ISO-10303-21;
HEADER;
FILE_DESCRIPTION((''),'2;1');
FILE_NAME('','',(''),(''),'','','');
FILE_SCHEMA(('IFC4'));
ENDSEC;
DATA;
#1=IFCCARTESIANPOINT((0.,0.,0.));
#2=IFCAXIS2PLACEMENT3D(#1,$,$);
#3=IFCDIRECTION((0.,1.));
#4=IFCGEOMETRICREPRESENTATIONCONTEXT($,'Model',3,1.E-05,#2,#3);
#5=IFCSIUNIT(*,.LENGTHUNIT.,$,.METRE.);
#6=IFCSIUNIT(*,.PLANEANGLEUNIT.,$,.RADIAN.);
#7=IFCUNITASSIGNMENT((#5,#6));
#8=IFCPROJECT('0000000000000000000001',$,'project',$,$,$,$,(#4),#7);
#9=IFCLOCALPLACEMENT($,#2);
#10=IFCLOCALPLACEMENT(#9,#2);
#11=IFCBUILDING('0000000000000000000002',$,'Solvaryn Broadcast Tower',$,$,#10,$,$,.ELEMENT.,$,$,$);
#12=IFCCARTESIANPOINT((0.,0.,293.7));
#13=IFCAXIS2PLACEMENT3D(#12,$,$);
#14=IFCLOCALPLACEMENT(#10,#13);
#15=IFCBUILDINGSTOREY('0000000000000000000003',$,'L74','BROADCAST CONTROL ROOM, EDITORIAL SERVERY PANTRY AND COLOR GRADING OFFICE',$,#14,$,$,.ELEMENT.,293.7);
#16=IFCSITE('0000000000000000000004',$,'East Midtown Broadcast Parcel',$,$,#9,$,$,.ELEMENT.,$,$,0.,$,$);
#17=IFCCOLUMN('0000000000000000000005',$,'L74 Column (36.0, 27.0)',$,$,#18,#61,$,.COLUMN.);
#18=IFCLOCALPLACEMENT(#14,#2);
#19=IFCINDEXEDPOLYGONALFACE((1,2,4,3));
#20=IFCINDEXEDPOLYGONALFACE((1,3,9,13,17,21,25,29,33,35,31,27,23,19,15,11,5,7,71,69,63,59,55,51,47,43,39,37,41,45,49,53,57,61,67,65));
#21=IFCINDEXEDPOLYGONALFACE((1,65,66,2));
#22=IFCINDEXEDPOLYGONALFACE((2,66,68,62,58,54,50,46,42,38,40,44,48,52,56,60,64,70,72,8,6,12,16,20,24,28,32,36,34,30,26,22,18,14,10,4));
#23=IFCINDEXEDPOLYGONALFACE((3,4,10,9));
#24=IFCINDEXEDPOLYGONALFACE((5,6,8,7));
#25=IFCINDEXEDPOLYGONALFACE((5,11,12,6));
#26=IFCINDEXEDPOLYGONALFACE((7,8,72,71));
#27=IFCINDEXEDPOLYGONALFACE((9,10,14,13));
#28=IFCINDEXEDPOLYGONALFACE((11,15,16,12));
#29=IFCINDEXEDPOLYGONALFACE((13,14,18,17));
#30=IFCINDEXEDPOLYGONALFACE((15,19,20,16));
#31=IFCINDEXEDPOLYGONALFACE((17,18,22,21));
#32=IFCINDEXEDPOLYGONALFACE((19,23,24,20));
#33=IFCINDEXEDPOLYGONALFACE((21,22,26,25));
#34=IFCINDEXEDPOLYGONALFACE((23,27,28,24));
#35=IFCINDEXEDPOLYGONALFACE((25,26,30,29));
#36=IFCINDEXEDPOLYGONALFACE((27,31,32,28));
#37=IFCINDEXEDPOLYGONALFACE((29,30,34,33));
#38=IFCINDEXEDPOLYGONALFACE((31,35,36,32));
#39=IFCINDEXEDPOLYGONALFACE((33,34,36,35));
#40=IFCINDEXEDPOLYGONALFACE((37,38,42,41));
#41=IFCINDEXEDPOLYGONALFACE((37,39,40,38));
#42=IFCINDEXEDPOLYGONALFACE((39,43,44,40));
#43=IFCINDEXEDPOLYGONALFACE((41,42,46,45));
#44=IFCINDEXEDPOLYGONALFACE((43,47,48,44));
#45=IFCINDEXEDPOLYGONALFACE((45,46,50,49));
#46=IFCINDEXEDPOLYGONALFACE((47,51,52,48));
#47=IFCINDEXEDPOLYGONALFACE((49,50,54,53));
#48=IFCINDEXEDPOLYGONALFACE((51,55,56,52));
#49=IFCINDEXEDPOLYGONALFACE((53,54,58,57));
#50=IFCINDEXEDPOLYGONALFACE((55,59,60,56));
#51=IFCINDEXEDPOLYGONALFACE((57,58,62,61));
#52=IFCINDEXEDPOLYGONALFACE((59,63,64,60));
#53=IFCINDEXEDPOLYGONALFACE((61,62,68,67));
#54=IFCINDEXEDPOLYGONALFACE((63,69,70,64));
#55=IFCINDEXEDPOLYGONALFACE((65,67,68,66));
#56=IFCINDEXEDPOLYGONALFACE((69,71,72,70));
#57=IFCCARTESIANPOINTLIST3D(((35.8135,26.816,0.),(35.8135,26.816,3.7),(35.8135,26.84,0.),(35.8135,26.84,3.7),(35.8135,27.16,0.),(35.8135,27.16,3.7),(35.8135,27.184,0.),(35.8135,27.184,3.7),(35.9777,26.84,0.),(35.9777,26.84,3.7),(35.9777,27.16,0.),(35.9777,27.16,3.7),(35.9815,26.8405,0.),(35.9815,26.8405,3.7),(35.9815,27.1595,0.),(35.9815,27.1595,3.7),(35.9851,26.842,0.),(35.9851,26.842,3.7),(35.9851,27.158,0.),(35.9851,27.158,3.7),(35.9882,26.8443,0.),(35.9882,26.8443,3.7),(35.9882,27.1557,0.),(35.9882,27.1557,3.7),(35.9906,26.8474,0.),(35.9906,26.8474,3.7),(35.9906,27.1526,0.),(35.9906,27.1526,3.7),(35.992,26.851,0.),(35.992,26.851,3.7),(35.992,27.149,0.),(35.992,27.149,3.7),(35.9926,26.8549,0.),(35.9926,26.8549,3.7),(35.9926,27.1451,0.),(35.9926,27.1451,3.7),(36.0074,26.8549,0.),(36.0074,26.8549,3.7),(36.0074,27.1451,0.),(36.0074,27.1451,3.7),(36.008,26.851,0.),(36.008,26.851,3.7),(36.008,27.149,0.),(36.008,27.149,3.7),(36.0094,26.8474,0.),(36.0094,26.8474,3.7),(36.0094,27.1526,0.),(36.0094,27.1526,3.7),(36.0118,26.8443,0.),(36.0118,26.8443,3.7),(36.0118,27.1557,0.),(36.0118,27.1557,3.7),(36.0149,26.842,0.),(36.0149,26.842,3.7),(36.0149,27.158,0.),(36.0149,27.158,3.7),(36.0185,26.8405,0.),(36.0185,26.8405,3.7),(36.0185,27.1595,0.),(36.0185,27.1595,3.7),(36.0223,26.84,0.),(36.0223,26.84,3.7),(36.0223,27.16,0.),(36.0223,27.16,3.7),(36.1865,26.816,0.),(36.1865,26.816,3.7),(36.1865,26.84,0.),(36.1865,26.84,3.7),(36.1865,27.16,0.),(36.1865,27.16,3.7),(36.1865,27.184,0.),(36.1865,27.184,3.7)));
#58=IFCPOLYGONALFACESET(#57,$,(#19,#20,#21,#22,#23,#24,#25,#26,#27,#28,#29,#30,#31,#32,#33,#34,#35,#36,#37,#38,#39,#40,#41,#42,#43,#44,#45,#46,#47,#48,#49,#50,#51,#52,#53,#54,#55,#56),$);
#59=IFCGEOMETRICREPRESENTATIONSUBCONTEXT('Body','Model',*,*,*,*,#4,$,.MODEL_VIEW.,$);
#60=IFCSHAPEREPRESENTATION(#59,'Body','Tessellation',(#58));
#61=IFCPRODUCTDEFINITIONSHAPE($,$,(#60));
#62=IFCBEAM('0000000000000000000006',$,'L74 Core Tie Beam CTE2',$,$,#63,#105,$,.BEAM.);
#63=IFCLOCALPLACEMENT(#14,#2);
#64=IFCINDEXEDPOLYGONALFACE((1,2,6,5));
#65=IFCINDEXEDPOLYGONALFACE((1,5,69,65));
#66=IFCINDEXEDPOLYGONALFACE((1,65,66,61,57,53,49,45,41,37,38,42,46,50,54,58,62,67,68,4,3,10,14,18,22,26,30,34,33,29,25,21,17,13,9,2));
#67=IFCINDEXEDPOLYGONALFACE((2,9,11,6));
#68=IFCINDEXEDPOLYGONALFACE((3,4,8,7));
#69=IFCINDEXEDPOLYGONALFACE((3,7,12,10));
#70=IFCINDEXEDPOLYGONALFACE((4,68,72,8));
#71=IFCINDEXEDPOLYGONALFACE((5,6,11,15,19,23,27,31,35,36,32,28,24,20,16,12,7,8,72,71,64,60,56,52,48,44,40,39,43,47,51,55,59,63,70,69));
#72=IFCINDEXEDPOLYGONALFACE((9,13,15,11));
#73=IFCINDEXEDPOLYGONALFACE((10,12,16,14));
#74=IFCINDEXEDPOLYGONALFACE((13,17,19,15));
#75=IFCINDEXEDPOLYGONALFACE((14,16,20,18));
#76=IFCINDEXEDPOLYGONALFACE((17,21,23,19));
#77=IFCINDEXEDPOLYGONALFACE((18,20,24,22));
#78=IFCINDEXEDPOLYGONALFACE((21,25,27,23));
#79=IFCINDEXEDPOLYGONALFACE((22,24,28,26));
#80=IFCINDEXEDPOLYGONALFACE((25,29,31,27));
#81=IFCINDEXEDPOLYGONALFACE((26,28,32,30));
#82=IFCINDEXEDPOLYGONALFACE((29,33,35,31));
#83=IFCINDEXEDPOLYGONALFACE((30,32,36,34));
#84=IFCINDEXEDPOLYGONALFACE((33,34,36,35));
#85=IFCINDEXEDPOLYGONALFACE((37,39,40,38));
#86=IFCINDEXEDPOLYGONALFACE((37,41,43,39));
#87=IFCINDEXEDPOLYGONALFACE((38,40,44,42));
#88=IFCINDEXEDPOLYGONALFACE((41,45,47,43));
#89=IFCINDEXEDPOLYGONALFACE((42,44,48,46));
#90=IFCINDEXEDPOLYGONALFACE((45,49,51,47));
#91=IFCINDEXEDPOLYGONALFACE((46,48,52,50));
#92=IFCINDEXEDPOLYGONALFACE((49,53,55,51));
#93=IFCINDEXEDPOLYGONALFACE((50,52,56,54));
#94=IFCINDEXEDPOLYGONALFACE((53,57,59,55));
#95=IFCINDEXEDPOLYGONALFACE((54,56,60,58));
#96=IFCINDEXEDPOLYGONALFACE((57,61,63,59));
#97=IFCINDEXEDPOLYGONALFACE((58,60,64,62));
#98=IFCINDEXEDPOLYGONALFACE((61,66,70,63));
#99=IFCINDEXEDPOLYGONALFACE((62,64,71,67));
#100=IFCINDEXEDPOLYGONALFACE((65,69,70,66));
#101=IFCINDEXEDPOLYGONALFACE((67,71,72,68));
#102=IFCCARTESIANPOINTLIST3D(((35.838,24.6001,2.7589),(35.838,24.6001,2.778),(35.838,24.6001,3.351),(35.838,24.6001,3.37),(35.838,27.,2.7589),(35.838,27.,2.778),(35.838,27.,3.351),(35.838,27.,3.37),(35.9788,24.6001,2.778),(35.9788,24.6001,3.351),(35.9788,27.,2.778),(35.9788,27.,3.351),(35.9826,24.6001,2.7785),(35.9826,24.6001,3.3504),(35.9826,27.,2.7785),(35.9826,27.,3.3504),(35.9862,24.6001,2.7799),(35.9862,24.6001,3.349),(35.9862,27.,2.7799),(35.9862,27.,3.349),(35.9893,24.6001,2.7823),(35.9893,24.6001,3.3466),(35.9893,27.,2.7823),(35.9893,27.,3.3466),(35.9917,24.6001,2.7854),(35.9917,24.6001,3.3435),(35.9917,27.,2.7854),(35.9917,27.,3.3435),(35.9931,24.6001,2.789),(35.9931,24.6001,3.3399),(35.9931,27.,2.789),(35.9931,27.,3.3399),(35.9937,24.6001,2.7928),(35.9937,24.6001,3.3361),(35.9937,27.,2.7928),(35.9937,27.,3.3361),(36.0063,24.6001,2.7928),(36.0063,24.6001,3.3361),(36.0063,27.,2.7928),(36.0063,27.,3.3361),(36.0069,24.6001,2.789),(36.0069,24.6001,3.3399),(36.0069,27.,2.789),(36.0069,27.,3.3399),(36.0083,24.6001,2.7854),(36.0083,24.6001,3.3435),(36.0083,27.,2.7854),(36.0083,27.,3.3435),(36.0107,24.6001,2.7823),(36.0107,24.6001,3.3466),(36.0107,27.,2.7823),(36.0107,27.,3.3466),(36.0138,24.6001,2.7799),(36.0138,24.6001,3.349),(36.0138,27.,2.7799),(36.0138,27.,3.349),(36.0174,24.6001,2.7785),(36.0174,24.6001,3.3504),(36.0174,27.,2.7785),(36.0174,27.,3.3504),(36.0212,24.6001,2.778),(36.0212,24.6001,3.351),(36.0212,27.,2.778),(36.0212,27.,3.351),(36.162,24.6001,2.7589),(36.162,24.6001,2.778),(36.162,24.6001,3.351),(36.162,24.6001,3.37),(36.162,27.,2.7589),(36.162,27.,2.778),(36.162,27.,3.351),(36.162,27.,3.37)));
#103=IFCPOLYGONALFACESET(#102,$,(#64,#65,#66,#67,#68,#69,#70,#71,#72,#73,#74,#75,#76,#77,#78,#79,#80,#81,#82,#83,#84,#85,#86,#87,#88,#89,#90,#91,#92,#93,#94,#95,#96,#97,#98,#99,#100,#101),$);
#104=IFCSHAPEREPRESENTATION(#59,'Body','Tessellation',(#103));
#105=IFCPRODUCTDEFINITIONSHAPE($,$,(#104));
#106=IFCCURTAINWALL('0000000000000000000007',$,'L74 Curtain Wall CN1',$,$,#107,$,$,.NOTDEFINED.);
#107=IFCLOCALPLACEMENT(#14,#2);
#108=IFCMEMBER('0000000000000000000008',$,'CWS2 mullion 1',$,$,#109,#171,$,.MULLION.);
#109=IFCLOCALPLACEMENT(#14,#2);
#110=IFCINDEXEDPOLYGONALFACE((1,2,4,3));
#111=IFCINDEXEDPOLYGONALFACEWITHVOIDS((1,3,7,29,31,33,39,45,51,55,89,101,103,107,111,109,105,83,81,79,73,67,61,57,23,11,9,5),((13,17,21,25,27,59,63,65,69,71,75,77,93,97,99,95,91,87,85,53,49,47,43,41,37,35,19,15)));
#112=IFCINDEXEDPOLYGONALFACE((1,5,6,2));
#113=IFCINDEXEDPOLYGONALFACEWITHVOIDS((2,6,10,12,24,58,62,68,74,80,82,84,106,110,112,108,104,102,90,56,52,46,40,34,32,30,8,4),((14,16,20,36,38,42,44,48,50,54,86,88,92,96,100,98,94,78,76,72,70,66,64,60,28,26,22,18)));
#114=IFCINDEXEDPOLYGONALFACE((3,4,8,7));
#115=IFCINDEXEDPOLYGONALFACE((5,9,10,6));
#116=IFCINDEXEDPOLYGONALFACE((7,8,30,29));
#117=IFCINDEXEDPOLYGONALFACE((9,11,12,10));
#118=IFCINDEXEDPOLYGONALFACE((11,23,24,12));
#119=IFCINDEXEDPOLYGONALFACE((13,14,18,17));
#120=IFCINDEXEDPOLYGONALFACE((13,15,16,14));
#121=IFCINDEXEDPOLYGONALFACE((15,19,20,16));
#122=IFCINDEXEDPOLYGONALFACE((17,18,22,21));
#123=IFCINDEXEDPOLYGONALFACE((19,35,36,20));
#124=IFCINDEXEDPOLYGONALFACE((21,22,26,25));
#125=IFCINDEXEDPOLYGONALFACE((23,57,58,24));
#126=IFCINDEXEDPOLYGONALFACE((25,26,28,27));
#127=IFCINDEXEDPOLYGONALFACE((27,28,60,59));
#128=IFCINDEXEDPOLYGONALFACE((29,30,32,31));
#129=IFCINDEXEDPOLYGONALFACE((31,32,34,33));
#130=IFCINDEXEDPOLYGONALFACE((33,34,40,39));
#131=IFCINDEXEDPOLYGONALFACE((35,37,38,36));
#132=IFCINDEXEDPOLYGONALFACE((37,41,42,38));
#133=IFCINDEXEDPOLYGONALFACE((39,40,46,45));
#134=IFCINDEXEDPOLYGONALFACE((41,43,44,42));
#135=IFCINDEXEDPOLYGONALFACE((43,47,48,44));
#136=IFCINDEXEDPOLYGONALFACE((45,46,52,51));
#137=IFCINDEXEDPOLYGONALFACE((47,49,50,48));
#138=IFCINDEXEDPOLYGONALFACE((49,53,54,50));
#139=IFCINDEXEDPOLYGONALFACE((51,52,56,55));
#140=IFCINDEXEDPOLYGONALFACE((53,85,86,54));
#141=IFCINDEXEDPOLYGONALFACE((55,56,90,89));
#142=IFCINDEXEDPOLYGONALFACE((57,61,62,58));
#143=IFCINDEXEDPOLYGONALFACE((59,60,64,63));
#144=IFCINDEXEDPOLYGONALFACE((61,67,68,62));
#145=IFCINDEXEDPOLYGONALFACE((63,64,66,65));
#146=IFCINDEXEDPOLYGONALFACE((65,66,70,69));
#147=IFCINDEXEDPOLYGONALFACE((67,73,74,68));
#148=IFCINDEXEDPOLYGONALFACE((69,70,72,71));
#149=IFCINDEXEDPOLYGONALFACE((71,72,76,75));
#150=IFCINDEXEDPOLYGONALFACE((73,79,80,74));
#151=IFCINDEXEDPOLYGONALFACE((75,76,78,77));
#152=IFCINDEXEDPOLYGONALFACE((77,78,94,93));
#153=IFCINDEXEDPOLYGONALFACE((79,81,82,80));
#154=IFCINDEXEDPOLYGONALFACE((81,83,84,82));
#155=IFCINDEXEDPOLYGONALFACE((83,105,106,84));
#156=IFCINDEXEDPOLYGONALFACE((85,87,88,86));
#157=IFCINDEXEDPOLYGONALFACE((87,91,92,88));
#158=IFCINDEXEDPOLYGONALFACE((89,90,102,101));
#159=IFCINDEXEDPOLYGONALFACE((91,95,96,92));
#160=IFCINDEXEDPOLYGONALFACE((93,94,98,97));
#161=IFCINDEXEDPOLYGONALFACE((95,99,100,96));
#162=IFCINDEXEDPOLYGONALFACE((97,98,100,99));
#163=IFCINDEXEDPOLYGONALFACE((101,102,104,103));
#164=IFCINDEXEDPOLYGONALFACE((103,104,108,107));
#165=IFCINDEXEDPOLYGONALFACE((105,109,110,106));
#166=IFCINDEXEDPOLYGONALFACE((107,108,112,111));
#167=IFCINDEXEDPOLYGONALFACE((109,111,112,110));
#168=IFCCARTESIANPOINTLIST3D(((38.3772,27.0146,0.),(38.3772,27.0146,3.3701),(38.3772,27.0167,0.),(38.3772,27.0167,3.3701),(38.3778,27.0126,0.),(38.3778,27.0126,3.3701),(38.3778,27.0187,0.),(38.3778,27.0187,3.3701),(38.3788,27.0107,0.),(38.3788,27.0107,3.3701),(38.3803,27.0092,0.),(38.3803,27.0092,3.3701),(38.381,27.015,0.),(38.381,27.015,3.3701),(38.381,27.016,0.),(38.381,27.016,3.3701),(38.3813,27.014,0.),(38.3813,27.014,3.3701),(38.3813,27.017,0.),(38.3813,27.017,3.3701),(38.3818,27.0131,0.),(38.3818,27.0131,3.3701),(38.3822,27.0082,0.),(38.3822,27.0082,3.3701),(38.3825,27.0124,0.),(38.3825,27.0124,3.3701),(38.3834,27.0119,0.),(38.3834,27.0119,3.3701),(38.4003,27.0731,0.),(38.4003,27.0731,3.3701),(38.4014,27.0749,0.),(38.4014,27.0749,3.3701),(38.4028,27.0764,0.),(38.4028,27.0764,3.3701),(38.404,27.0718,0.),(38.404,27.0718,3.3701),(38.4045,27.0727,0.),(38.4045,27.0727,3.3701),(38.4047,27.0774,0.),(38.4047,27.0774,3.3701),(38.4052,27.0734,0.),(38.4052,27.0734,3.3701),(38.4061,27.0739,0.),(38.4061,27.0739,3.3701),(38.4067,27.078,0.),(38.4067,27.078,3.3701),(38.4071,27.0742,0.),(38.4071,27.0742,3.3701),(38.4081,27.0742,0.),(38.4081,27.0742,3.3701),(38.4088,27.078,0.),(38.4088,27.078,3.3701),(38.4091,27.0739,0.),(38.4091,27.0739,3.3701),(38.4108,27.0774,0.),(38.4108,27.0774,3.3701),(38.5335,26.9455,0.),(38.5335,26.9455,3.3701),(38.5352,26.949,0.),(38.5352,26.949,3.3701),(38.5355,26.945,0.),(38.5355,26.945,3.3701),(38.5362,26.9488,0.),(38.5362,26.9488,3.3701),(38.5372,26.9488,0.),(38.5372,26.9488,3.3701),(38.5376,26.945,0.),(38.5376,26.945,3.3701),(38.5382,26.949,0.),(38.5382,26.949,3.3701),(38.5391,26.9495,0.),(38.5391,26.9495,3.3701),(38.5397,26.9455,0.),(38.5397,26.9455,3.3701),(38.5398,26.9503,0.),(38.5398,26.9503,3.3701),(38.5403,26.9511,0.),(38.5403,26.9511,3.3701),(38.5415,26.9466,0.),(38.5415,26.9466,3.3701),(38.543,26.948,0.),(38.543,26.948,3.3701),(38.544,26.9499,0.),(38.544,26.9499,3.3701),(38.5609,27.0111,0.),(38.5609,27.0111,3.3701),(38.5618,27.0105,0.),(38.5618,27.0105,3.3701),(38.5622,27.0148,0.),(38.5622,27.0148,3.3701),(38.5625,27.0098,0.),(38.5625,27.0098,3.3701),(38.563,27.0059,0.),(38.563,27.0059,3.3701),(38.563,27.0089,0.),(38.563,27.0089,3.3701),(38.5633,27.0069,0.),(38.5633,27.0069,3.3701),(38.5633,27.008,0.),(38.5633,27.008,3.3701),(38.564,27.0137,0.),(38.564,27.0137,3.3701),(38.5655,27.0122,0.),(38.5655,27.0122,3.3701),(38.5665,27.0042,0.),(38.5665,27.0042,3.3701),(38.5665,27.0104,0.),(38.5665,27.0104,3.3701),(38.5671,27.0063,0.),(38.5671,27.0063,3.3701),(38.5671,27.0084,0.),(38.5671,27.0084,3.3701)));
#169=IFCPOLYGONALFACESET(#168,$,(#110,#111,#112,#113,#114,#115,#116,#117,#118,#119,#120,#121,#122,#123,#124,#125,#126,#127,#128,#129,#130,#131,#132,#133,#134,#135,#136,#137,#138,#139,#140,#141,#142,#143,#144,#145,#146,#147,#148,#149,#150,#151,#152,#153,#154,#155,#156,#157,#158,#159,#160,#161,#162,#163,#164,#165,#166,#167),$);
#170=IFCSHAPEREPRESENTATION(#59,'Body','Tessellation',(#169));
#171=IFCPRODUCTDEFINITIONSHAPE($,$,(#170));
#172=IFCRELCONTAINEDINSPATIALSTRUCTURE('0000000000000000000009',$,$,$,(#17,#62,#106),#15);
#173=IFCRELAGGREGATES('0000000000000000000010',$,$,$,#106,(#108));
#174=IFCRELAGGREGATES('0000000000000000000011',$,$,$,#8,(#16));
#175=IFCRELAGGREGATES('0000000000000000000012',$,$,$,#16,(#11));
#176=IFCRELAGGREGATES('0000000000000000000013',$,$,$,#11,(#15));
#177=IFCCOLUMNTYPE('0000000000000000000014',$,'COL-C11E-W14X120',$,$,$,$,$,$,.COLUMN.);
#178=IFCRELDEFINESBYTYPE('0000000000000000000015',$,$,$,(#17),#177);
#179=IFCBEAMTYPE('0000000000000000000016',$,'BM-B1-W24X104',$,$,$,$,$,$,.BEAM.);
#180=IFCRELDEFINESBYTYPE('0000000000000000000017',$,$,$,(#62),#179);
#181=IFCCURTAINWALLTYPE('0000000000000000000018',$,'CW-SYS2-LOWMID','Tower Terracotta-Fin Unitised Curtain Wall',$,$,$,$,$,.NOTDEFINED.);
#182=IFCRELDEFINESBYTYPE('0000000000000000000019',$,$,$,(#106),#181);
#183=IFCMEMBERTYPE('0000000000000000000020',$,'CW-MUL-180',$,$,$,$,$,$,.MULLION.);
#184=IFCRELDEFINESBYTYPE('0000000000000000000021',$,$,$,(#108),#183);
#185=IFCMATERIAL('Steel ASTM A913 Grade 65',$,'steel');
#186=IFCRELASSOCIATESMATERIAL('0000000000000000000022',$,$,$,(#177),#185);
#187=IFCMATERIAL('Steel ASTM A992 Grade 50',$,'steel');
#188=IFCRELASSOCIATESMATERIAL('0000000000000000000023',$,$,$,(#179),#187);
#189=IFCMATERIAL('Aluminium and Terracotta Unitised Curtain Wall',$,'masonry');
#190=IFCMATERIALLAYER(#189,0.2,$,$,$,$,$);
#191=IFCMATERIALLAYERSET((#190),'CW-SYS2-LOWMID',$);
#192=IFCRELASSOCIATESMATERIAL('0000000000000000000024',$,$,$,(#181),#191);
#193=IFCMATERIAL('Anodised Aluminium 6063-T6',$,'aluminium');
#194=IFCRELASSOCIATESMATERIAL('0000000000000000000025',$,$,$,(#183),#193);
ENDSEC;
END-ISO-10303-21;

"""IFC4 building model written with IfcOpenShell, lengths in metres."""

from ifc_helpers import new_model, si_unit, direction, frame, origin, origin_2d, place, context, subcontext, project, spatial, hollow_rectangle, i_section, extrude, material, layer, layer_set, material_profile, profile_set, type_object, element, aggregate, save


model = new_model("IFC4")

# Units and contexts
model_context = context("Model", 3, precision=1e-05, world=origin(), true_north=direction((0.0, 1.0)))
body_context = subcontext(model_context, "Body", "Model", "MODEL_VIEW")
ifc_project = project(units=[si_unit("LENGTHUNIT", "METRE"), si_unit("PLANEANGLEUNIT", "RADIAN")], contexts=[model_context])

# Site, building, storey
site_placement = place(None, origin())
site = spatial("IfcSite", under=ifc_project, at=site_placement, Name="East Midtown Broadcast Parcel", CompositionType="ELEMENT", RefElevation=0.0)
building_placement = place(site_placement, origin())
building = spatial("IfcBuilding", under=site, at=building_placement, Name="Solvaryn Broadcast Tower", CompositionType="ELEMENT")
storey_placement = place(building_placement, frame((0.0, 0.0, 293.7)))
storey = spatial("IfcBuildingStorey", under=building, at=storey_placement, Name="L74", Description="BROADCAST CONTROL ROOM, EDITORIAL SERVERY PANTRY AND COLOR GRADING OFFICE", CompositionType="ELEMENT", Elevation=293.7)

# Column
ifc_material_1 = material(Name="Steel ASTM A913 Grade 65", Category="steel")
ifc_material_profile_1 = material_profile(ifc_material_1, i_section(OverallWidth=0.373, OverallDepth=0.3679, WebThickness=0.0149, FlangeThickness=0.0239, FilletRadius=0.0149, at=origin_2d()))
ifc_profile_set_1 = profile_set([ifc_material_profile_1], Name="Steel ASTM A913 Grade 65")
column_type = type_object("IfcColumnType", Name="COL-C11E-W14X120", PredefinedType="COLUMN", material=ifc_profile_set_1)
column_placement = place(storey_placement, frame((36.0, 27.0, 0.0), z_axis=(0.0, 0.0, 1.0), x_axis=(1.0, 0.0, 0.0)))
element("IfcColumn", 1, at=column_placement, inside=storey, type_object=column_type, Name="L74 Column (36.0, 27.0)", PredefinedType="COLUMN", context=body_context, shape_type="SweptSolid", body=[
    extrude(i_section(OverallWidth=0.373, OverallDepth=0.3679, WebThickness=0.0149, FlangeThickness=0.0239, FilletRadius=0.0149, at=origin_2d()), origin(), (0.0, 0.0, 1.0), 3.7),
])

# Beam
ifc_material_2 = material(Name="Steel ASTM A992 Grade 50", Category="steel")
ifc_material_profile_2 = material_profile(ifc_material_2, i_section(OverallWidth=0.324, OverallDepth=0.6111, WebThickness=0.0127, FlangeThickness=0.019, FilletRadius=0.0149, at=origin_2d()))
ifc_profile_set_2 = profile_set([ifc_material_profile_2], Name="Steel ASTM A992 Grade 50")
beam_type = type_object("IfcBeamType", Name="BM-B1-W24X104", PredefinedType="BEAM", material=ifc_profile_set_2)
beam_placement = place(storey_placement, frame((36.0, 24.6001, 3.0645), z_axis=(0.0, 1.0, 0.0), x_axis=(-1.0, 0.0, 0.0)))
element("IfcBeam", 2, at=beam_placement, inside=storey, type_object=beam_type, Name="L74 Core Tie Beam CTE2", PredefinedType="BEAM", context=body_context, shape_type="SweptSolid", body=[
    extrude(i_section(OverallWidth=0.324, OverallDepth=0.6111, WebThickness=0.0127, FlangeThickness=0.019, FilletRadius=0.0149, at=origin_2d()), origin(), (0.0, 0.0, 1.0), 2.3999),
])

# Curtain wall, member
ifc_material_3 = material(Name="Aluminium and Terracotta Unitised Curtain Wall", Category="masonry")
ifc_layer_1 = layer(ifc_material_3, 0.2)
ifc_layer_set_1 = layer_set([ifc_layer_1], Name="CW-SYS2-LOWMID")
curtain_wall_type = type_object("IfcCurtainWallType", Name="CW-SYS2-LOWMID", Description="Tower Terracotta-Fin Unitised Curtain Wall", PredefinedType="NOTDEFINED", material=ifc_layer_set_1)
curtain_wall_1_placement = place(storey_placement, origin())
curtain_wall_1 = element("IfcCurtainWall", 3, at=curtain_wall_1_placement, inside=storey, type_object=curtain_wall_type, Name="L74 Curtain Wall CN1", PredefinedType="NOTDEFINED")
ifc_material_4 = material(Name="Anodised Aluminium 6063-T6", Category="aluminium")
ifc_material_profile_3 = material_profile(ifc_material_4, hollow_rectangle(XDim=0.075, YDim=0.1799, WallThickness=0.0039, InnerFilletRadius=0.0039, OuterFilletRadius=0.0081, at=origin_2d()))
ifc_profile_set_3 = profile_set([ifc_material_profile_3], Name="Anodised Aluminium 6063-T6")
member_type_1 = type_object("IfcMemberType", Name="CW-MUL-180", PredefinedType="MULLION", material=ifc_profile_set_3)
member_1_placement = place(storey_placement, frame((38.4722, 27.0115, 0.0), z_axis=(0.0, 0.0, 1.0), x_axis=(-0.382646, -0.923895, 0.0)))
member_1 = element("IfcMember", 4, at=member_1_placement, type_object=member_type_1, Name="CWS2 mullion 1", PredefinedType="MULLION", context=body_context, shape_type="SweptSolid", body=[
    extrude(hollow_rectangle(XDim=0.075, YDim=0.1799, WallThickness=0.0039, InnerFilletRadius=0.0039, OuterFilletRadius=0.0081, at=origin_2d()), origin(), (0.0, 0.0, 1.0), 3.3701),
])

aggregate(curtain_wall_1, [member_1])

save(model, "model.ifc")
